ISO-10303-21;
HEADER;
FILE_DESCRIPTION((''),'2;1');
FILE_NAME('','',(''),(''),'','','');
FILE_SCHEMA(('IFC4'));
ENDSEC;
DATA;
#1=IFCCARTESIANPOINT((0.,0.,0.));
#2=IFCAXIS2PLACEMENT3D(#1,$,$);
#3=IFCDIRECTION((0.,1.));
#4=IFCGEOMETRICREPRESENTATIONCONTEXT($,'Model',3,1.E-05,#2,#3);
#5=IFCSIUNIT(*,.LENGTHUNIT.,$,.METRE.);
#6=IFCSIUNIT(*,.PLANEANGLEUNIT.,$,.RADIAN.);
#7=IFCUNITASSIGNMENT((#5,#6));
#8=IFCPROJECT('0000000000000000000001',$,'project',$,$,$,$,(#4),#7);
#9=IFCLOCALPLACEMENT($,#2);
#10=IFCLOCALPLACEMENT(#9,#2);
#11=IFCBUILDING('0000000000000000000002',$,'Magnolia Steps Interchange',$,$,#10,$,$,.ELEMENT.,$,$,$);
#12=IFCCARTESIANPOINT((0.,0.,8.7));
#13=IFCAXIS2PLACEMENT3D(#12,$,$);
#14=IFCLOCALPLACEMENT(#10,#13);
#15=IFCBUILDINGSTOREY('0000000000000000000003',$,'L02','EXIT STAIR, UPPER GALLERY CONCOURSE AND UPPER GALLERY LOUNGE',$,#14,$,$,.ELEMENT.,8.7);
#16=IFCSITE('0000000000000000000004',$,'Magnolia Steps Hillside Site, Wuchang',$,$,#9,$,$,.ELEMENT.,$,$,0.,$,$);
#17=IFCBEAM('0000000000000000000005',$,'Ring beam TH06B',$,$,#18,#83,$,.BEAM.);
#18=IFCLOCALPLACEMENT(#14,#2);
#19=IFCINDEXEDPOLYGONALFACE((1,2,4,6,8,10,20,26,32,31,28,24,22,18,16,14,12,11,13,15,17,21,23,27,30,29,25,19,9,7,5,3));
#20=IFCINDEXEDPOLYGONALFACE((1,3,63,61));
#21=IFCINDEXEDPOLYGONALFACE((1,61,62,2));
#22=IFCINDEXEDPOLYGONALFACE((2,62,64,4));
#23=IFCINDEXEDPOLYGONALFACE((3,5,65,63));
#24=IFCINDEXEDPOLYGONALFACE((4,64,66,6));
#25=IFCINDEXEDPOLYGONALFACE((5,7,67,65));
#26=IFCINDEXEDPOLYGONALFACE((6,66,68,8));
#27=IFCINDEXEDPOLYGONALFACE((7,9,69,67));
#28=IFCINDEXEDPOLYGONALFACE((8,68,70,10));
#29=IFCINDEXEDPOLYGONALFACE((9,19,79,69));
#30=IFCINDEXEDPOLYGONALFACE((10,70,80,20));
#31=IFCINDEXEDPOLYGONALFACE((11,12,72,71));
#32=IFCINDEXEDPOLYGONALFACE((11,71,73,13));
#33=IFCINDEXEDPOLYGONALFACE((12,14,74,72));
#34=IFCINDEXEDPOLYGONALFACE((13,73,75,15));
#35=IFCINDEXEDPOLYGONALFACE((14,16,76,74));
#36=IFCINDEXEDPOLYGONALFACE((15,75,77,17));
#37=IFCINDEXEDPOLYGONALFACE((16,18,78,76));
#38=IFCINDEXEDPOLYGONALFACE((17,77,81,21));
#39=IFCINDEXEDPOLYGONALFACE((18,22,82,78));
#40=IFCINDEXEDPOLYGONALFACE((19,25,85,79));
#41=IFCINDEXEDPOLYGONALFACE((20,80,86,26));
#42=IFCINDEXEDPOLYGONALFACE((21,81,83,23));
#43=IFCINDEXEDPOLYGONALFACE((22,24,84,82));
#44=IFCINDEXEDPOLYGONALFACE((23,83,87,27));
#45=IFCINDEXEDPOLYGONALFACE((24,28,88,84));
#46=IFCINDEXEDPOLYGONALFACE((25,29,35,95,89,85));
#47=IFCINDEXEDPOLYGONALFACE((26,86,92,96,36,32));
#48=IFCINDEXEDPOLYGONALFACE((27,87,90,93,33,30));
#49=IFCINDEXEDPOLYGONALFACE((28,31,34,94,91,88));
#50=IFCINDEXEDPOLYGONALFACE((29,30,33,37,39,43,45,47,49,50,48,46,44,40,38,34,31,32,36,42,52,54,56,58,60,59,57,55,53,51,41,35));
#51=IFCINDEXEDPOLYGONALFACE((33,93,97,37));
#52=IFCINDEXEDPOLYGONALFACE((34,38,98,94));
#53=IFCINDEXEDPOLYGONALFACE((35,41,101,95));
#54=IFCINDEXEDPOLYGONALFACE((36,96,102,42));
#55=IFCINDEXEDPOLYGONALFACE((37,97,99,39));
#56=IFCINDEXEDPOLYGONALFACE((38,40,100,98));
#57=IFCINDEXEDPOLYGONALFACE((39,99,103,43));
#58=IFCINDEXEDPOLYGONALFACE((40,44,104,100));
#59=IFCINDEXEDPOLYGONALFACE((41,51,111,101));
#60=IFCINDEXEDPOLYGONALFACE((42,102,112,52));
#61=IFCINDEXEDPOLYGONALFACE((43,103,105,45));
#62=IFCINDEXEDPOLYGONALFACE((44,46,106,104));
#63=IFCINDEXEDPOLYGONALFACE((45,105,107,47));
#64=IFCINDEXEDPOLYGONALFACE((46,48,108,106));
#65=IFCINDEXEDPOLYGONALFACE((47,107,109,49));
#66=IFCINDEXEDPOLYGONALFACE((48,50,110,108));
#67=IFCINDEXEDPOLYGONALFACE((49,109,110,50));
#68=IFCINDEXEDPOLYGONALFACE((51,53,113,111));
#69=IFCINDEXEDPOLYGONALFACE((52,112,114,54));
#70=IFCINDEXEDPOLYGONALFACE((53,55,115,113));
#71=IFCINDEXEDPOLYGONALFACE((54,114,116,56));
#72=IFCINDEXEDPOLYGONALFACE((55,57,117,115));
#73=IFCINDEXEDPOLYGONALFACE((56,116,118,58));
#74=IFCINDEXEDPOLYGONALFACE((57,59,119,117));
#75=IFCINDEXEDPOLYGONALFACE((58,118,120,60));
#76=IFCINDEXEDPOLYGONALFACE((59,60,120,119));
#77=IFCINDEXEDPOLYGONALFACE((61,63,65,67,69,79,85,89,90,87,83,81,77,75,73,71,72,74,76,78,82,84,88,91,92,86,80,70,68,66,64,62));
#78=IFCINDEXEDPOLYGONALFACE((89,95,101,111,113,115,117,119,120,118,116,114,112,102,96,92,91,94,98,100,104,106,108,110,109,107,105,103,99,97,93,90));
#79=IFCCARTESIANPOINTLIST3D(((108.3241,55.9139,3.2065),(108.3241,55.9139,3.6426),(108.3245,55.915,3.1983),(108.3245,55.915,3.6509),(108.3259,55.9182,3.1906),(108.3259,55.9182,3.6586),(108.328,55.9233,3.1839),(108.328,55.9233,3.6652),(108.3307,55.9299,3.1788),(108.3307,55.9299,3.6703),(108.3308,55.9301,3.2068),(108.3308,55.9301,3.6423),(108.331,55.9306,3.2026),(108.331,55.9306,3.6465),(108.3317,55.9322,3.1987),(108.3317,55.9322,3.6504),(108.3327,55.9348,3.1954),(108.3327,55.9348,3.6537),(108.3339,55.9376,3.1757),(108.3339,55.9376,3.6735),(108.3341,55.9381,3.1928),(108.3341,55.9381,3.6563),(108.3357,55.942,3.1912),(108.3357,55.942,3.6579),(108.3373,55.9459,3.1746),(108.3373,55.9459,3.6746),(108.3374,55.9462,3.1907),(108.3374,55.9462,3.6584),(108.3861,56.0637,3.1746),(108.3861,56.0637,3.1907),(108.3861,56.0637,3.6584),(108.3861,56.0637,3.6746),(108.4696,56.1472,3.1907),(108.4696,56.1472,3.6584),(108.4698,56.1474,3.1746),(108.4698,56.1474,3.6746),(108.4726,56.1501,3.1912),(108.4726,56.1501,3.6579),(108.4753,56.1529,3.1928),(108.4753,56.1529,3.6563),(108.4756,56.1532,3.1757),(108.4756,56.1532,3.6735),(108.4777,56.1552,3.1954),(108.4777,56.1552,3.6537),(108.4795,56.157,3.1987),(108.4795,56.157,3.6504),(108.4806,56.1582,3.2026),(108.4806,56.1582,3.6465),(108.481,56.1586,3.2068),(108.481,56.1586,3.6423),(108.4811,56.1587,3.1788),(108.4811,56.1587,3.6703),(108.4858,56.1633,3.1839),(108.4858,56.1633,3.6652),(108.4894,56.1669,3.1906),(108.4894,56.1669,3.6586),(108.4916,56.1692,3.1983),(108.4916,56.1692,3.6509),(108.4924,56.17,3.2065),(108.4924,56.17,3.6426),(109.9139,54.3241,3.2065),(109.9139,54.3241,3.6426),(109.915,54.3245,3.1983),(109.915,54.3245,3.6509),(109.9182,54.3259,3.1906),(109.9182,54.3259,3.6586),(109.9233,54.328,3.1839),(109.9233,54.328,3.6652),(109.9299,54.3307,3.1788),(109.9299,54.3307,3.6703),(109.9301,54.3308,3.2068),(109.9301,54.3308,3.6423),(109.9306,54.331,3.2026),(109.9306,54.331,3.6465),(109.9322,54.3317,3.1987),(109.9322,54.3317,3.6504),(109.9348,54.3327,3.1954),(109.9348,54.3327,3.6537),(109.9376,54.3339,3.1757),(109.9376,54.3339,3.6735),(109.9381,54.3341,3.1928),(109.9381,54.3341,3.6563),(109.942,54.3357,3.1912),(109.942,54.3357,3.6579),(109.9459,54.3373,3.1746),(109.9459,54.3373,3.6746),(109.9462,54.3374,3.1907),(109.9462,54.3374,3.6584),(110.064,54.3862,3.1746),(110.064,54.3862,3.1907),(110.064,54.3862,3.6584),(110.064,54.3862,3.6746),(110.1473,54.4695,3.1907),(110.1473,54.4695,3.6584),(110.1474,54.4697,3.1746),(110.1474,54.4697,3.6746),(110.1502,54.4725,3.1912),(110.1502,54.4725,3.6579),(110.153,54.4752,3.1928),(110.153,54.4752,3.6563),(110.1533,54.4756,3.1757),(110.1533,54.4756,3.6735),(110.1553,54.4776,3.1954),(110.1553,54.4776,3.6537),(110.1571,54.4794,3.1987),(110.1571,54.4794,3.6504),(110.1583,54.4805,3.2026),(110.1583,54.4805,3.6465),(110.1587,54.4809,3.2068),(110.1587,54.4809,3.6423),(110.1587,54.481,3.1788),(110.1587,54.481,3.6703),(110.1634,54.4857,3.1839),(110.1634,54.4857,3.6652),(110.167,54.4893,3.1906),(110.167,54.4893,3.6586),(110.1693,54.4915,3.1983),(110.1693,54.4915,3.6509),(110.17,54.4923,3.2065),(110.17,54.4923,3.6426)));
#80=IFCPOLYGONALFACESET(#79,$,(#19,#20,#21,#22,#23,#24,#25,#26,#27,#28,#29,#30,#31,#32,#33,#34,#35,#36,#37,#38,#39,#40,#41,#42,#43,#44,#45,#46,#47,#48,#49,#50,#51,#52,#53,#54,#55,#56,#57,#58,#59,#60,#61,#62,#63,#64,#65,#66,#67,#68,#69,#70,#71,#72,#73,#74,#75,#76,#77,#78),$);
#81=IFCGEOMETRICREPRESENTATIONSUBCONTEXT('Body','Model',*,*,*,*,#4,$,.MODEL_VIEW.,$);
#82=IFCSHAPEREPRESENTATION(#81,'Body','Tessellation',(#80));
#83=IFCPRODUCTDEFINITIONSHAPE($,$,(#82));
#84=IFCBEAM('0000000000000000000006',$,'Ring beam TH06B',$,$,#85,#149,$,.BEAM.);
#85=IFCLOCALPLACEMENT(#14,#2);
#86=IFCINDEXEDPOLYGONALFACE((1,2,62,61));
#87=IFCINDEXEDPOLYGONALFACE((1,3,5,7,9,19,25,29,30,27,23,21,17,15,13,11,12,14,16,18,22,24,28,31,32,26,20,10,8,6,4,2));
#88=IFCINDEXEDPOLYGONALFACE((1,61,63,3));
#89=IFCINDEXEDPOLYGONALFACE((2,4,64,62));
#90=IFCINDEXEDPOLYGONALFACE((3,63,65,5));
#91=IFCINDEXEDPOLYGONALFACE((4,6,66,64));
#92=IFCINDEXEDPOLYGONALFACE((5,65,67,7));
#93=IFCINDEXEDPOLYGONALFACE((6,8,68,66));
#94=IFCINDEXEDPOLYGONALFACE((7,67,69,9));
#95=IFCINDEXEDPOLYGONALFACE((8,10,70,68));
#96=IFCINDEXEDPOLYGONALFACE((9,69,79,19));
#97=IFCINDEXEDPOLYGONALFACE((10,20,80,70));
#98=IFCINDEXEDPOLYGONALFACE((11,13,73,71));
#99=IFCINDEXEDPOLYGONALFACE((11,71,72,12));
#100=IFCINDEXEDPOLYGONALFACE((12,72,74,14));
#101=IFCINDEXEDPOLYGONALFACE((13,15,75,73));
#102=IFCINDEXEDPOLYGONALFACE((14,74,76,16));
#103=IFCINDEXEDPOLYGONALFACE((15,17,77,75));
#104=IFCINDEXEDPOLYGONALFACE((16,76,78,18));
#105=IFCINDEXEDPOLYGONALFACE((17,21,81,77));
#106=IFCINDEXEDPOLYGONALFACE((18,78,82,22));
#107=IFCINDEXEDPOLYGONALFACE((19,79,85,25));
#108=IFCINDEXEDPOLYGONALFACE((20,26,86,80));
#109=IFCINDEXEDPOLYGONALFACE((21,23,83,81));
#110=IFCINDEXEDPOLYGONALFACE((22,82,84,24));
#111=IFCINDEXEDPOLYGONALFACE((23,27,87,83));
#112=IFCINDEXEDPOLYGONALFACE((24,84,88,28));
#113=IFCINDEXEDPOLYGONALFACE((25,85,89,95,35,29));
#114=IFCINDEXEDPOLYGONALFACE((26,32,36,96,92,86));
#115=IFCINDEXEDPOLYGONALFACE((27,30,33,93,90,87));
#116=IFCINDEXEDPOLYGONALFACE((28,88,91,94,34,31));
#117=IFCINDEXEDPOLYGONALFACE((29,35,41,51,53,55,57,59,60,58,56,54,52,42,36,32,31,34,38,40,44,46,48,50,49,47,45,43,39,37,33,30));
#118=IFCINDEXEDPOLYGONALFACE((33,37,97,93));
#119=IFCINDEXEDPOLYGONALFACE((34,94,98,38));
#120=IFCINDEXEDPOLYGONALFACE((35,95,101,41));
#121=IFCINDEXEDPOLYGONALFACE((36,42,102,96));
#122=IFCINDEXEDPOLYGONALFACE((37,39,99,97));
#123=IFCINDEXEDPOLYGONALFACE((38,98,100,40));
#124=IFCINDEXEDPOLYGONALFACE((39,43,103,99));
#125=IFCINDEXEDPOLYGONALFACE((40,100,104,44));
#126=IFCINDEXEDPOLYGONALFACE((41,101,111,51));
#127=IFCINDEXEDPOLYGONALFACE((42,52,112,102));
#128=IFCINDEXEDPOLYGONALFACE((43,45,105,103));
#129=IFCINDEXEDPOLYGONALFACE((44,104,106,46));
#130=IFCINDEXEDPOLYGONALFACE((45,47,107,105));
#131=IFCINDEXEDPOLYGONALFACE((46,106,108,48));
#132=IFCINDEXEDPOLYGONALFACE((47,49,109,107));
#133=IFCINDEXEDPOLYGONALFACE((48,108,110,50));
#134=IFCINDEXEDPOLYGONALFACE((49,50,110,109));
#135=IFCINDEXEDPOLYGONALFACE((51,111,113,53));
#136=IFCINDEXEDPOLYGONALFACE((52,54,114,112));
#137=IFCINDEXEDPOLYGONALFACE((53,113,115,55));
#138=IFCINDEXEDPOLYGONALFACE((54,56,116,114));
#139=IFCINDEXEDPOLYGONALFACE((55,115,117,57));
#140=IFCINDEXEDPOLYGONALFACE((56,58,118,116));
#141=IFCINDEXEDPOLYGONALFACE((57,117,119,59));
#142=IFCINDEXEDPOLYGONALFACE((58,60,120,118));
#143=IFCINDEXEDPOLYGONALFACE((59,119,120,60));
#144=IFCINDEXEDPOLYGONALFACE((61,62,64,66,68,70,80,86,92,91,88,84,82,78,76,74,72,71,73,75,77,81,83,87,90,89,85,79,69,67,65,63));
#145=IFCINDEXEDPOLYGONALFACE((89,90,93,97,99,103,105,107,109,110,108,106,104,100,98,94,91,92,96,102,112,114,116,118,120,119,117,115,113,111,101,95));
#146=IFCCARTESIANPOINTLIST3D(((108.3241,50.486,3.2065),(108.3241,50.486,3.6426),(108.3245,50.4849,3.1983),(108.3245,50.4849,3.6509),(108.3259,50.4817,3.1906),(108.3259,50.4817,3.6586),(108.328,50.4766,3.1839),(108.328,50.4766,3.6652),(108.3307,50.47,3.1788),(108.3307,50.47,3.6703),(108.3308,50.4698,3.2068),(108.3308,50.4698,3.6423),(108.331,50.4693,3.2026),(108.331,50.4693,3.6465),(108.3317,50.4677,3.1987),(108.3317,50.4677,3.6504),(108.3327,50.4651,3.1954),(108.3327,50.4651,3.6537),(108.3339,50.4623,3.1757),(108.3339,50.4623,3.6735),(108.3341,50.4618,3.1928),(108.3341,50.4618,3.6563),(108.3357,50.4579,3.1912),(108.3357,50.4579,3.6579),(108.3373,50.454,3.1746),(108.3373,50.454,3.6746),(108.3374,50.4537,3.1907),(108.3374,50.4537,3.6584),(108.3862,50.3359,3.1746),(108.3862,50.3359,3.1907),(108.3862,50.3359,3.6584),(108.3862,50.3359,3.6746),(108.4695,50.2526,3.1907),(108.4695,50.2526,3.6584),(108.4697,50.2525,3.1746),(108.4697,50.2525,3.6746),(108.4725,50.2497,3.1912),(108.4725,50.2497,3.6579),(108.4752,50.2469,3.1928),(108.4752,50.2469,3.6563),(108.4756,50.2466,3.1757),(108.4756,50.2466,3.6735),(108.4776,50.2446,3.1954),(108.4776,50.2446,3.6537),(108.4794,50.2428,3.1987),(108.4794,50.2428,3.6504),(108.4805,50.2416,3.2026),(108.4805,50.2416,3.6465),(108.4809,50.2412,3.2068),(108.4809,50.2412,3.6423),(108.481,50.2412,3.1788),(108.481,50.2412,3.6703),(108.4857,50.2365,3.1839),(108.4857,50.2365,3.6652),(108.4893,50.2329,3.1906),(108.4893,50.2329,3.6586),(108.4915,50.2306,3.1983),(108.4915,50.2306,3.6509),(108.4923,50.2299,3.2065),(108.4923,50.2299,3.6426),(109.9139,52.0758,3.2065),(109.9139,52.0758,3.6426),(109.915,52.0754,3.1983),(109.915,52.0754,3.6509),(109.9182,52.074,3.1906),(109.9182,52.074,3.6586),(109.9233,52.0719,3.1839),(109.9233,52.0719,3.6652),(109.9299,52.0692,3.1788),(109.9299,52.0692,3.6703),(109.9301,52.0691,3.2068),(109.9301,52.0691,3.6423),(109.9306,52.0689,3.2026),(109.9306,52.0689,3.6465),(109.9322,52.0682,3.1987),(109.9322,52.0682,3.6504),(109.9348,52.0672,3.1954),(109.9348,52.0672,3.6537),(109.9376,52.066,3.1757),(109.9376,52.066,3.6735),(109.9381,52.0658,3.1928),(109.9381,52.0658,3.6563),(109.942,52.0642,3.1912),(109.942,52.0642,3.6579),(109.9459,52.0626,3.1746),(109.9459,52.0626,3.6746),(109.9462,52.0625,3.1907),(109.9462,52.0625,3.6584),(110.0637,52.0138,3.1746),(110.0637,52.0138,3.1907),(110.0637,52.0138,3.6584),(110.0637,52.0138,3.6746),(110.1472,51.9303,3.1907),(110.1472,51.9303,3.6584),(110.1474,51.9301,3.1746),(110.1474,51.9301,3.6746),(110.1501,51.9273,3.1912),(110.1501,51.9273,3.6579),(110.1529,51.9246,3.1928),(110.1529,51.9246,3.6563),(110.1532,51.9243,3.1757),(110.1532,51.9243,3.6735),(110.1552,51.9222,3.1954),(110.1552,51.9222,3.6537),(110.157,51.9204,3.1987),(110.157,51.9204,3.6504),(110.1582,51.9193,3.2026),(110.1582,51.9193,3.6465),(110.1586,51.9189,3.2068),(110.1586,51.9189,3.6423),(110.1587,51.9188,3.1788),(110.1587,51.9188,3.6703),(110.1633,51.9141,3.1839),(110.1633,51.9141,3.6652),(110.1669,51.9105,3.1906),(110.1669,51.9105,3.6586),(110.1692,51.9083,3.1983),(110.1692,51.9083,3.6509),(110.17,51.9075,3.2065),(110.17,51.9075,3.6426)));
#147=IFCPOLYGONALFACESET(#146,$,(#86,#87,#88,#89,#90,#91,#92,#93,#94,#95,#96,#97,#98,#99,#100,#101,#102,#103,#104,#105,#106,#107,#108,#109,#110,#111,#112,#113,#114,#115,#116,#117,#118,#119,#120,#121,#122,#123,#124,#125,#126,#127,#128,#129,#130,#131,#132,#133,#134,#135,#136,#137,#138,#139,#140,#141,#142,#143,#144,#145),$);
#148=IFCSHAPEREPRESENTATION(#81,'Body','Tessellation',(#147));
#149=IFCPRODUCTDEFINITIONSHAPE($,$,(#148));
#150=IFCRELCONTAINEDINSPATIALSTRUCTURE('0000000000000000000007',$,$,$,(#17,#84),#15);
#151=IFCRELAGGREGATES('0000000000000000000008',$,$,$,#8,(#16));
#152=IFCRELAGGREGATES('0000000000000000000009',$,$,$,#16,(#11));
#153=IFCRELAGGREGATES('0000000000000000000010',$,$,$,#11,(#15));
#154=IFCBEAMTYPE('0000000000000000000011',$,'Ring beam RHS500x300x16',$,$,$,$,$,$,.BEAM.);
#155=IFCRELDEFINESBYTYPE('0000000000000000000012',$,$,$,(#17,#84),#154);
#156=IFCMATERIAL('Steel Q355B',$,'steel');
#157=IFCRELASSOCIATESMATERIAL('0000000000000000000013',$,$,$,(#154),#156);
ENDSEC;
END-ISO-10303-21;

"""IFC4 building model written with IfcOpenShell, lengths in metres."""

from ifc_helpers import new_model, si_unit, direction, frame, origin, origin_2d, place, context, subcontext, project, spatial, hollow_rectangle, extrude, clip, halfspace, material, material_profile, profile_set, type_object, element, save


model = new_model("IFC4")

# Units and contexts
model_context = context("Model", 3, precision=1e-05, world=origin(), true_north=direction((0.0, 1.0)))
body_context = subcontext(model_context, "Body", "Model", "MODEL_VIEW")
ifc_project = project(units=[si_unit("LENGTHUNIT", "METRE"), si_unit("PLANEANGLEUNIT", "RADIAN")], contexts=[model_context])

# Site, building, storey
site_placement = place(None, origin())
site = spatial("IfcSite", under=ifc_project, at=site_placement, Name="Magnolia Steps Hillside Site, Wuchang", CompositionType="ELEMENT", RefElevation=0.0)
building_placement = place(site_placement, origin())
building = spatial("IfcBuilding", under=site, at=building_placement, Name="Magnolia Steps Interchange", CompositionType="ELEMENT")
storey_placement = place(building_placement, frame((0.0, 0.0, 8.7)))
storey = spatial("IfcBuildingStorey", under=building, at=storey_placement, Name="L02", Description="EXIT STAIR, UPPER GALLERY CONCOURSE AND UPPER GALLERY LOUNGE", CompositionType="ELEMENT", Elevation=8.7)

# Beams
ifc_material_1 = material(Name="Steel Q355B", Category="steel")
ifc_material_profile_1 = material_profile(ifc_material_1, hollow_rectangle(XDim=0.3, YDim=0.5, WallThickness=0.0161, InnerFilletRadius=0.0161, OuterFilletRadius=0.032, at=origin_2d()), Name="RHS500x300x16")
ifc_profile_set_1 = profile_set([ifc_material_profile_1], Name="Steel Q355B")
beam_type = type_object("IfcBeamType", Name="Ring beam RHS500x300x16", PredefinedType="BEAM", material=ifc_profile_set_1)
for number, where, z_axis, x_axis, name in (
    (1, (110.064, 54.3862, 3.4246), (-0.707107, 0.707107, 0.0), (-0.707107, -0.707107, 0.0), "Ring beam TH06B"),
    (2, (108.3862, 50.3359, 3.4246), (0.707107, 0.707107, 0.0), (-0.707107, 0.707107, 0.0), "Ring beam TH06B"),
):
    element("IfcBeam", number, at=place(storey_placement, frame(where, z_axis=z_axis, x_axis=x_axis)), inside=storey, type_object=beam_type, Name=name, PredefinedType="BEAM", context=body_context, shape_type="Clipping", body=[
        clip(clip(extrude(hollow_rectangle(XDim=0.3, YDim=0.5, WallThickness=0.0161, InnerFilletRadius=0.0161, OuterFilletRadius=0.032, at=origin_2d()), origin(), (0.0, 0.0, 1.0), 2.3726), halfspace(frame((0.0, 0.0, 0.0), z_axis=(0.382683, 0.0, -0.92388), x_axis=(0.92388, 0.0, 0.382683)), False)), halfspace(frame((0.0, 0.0, 2.3727), z_axis=(0.382683, 0.0, 0.92388), x_axis=(0.92388, 0.0, -0.382683)), False)),
    ])

save(model, "model.ifc")
